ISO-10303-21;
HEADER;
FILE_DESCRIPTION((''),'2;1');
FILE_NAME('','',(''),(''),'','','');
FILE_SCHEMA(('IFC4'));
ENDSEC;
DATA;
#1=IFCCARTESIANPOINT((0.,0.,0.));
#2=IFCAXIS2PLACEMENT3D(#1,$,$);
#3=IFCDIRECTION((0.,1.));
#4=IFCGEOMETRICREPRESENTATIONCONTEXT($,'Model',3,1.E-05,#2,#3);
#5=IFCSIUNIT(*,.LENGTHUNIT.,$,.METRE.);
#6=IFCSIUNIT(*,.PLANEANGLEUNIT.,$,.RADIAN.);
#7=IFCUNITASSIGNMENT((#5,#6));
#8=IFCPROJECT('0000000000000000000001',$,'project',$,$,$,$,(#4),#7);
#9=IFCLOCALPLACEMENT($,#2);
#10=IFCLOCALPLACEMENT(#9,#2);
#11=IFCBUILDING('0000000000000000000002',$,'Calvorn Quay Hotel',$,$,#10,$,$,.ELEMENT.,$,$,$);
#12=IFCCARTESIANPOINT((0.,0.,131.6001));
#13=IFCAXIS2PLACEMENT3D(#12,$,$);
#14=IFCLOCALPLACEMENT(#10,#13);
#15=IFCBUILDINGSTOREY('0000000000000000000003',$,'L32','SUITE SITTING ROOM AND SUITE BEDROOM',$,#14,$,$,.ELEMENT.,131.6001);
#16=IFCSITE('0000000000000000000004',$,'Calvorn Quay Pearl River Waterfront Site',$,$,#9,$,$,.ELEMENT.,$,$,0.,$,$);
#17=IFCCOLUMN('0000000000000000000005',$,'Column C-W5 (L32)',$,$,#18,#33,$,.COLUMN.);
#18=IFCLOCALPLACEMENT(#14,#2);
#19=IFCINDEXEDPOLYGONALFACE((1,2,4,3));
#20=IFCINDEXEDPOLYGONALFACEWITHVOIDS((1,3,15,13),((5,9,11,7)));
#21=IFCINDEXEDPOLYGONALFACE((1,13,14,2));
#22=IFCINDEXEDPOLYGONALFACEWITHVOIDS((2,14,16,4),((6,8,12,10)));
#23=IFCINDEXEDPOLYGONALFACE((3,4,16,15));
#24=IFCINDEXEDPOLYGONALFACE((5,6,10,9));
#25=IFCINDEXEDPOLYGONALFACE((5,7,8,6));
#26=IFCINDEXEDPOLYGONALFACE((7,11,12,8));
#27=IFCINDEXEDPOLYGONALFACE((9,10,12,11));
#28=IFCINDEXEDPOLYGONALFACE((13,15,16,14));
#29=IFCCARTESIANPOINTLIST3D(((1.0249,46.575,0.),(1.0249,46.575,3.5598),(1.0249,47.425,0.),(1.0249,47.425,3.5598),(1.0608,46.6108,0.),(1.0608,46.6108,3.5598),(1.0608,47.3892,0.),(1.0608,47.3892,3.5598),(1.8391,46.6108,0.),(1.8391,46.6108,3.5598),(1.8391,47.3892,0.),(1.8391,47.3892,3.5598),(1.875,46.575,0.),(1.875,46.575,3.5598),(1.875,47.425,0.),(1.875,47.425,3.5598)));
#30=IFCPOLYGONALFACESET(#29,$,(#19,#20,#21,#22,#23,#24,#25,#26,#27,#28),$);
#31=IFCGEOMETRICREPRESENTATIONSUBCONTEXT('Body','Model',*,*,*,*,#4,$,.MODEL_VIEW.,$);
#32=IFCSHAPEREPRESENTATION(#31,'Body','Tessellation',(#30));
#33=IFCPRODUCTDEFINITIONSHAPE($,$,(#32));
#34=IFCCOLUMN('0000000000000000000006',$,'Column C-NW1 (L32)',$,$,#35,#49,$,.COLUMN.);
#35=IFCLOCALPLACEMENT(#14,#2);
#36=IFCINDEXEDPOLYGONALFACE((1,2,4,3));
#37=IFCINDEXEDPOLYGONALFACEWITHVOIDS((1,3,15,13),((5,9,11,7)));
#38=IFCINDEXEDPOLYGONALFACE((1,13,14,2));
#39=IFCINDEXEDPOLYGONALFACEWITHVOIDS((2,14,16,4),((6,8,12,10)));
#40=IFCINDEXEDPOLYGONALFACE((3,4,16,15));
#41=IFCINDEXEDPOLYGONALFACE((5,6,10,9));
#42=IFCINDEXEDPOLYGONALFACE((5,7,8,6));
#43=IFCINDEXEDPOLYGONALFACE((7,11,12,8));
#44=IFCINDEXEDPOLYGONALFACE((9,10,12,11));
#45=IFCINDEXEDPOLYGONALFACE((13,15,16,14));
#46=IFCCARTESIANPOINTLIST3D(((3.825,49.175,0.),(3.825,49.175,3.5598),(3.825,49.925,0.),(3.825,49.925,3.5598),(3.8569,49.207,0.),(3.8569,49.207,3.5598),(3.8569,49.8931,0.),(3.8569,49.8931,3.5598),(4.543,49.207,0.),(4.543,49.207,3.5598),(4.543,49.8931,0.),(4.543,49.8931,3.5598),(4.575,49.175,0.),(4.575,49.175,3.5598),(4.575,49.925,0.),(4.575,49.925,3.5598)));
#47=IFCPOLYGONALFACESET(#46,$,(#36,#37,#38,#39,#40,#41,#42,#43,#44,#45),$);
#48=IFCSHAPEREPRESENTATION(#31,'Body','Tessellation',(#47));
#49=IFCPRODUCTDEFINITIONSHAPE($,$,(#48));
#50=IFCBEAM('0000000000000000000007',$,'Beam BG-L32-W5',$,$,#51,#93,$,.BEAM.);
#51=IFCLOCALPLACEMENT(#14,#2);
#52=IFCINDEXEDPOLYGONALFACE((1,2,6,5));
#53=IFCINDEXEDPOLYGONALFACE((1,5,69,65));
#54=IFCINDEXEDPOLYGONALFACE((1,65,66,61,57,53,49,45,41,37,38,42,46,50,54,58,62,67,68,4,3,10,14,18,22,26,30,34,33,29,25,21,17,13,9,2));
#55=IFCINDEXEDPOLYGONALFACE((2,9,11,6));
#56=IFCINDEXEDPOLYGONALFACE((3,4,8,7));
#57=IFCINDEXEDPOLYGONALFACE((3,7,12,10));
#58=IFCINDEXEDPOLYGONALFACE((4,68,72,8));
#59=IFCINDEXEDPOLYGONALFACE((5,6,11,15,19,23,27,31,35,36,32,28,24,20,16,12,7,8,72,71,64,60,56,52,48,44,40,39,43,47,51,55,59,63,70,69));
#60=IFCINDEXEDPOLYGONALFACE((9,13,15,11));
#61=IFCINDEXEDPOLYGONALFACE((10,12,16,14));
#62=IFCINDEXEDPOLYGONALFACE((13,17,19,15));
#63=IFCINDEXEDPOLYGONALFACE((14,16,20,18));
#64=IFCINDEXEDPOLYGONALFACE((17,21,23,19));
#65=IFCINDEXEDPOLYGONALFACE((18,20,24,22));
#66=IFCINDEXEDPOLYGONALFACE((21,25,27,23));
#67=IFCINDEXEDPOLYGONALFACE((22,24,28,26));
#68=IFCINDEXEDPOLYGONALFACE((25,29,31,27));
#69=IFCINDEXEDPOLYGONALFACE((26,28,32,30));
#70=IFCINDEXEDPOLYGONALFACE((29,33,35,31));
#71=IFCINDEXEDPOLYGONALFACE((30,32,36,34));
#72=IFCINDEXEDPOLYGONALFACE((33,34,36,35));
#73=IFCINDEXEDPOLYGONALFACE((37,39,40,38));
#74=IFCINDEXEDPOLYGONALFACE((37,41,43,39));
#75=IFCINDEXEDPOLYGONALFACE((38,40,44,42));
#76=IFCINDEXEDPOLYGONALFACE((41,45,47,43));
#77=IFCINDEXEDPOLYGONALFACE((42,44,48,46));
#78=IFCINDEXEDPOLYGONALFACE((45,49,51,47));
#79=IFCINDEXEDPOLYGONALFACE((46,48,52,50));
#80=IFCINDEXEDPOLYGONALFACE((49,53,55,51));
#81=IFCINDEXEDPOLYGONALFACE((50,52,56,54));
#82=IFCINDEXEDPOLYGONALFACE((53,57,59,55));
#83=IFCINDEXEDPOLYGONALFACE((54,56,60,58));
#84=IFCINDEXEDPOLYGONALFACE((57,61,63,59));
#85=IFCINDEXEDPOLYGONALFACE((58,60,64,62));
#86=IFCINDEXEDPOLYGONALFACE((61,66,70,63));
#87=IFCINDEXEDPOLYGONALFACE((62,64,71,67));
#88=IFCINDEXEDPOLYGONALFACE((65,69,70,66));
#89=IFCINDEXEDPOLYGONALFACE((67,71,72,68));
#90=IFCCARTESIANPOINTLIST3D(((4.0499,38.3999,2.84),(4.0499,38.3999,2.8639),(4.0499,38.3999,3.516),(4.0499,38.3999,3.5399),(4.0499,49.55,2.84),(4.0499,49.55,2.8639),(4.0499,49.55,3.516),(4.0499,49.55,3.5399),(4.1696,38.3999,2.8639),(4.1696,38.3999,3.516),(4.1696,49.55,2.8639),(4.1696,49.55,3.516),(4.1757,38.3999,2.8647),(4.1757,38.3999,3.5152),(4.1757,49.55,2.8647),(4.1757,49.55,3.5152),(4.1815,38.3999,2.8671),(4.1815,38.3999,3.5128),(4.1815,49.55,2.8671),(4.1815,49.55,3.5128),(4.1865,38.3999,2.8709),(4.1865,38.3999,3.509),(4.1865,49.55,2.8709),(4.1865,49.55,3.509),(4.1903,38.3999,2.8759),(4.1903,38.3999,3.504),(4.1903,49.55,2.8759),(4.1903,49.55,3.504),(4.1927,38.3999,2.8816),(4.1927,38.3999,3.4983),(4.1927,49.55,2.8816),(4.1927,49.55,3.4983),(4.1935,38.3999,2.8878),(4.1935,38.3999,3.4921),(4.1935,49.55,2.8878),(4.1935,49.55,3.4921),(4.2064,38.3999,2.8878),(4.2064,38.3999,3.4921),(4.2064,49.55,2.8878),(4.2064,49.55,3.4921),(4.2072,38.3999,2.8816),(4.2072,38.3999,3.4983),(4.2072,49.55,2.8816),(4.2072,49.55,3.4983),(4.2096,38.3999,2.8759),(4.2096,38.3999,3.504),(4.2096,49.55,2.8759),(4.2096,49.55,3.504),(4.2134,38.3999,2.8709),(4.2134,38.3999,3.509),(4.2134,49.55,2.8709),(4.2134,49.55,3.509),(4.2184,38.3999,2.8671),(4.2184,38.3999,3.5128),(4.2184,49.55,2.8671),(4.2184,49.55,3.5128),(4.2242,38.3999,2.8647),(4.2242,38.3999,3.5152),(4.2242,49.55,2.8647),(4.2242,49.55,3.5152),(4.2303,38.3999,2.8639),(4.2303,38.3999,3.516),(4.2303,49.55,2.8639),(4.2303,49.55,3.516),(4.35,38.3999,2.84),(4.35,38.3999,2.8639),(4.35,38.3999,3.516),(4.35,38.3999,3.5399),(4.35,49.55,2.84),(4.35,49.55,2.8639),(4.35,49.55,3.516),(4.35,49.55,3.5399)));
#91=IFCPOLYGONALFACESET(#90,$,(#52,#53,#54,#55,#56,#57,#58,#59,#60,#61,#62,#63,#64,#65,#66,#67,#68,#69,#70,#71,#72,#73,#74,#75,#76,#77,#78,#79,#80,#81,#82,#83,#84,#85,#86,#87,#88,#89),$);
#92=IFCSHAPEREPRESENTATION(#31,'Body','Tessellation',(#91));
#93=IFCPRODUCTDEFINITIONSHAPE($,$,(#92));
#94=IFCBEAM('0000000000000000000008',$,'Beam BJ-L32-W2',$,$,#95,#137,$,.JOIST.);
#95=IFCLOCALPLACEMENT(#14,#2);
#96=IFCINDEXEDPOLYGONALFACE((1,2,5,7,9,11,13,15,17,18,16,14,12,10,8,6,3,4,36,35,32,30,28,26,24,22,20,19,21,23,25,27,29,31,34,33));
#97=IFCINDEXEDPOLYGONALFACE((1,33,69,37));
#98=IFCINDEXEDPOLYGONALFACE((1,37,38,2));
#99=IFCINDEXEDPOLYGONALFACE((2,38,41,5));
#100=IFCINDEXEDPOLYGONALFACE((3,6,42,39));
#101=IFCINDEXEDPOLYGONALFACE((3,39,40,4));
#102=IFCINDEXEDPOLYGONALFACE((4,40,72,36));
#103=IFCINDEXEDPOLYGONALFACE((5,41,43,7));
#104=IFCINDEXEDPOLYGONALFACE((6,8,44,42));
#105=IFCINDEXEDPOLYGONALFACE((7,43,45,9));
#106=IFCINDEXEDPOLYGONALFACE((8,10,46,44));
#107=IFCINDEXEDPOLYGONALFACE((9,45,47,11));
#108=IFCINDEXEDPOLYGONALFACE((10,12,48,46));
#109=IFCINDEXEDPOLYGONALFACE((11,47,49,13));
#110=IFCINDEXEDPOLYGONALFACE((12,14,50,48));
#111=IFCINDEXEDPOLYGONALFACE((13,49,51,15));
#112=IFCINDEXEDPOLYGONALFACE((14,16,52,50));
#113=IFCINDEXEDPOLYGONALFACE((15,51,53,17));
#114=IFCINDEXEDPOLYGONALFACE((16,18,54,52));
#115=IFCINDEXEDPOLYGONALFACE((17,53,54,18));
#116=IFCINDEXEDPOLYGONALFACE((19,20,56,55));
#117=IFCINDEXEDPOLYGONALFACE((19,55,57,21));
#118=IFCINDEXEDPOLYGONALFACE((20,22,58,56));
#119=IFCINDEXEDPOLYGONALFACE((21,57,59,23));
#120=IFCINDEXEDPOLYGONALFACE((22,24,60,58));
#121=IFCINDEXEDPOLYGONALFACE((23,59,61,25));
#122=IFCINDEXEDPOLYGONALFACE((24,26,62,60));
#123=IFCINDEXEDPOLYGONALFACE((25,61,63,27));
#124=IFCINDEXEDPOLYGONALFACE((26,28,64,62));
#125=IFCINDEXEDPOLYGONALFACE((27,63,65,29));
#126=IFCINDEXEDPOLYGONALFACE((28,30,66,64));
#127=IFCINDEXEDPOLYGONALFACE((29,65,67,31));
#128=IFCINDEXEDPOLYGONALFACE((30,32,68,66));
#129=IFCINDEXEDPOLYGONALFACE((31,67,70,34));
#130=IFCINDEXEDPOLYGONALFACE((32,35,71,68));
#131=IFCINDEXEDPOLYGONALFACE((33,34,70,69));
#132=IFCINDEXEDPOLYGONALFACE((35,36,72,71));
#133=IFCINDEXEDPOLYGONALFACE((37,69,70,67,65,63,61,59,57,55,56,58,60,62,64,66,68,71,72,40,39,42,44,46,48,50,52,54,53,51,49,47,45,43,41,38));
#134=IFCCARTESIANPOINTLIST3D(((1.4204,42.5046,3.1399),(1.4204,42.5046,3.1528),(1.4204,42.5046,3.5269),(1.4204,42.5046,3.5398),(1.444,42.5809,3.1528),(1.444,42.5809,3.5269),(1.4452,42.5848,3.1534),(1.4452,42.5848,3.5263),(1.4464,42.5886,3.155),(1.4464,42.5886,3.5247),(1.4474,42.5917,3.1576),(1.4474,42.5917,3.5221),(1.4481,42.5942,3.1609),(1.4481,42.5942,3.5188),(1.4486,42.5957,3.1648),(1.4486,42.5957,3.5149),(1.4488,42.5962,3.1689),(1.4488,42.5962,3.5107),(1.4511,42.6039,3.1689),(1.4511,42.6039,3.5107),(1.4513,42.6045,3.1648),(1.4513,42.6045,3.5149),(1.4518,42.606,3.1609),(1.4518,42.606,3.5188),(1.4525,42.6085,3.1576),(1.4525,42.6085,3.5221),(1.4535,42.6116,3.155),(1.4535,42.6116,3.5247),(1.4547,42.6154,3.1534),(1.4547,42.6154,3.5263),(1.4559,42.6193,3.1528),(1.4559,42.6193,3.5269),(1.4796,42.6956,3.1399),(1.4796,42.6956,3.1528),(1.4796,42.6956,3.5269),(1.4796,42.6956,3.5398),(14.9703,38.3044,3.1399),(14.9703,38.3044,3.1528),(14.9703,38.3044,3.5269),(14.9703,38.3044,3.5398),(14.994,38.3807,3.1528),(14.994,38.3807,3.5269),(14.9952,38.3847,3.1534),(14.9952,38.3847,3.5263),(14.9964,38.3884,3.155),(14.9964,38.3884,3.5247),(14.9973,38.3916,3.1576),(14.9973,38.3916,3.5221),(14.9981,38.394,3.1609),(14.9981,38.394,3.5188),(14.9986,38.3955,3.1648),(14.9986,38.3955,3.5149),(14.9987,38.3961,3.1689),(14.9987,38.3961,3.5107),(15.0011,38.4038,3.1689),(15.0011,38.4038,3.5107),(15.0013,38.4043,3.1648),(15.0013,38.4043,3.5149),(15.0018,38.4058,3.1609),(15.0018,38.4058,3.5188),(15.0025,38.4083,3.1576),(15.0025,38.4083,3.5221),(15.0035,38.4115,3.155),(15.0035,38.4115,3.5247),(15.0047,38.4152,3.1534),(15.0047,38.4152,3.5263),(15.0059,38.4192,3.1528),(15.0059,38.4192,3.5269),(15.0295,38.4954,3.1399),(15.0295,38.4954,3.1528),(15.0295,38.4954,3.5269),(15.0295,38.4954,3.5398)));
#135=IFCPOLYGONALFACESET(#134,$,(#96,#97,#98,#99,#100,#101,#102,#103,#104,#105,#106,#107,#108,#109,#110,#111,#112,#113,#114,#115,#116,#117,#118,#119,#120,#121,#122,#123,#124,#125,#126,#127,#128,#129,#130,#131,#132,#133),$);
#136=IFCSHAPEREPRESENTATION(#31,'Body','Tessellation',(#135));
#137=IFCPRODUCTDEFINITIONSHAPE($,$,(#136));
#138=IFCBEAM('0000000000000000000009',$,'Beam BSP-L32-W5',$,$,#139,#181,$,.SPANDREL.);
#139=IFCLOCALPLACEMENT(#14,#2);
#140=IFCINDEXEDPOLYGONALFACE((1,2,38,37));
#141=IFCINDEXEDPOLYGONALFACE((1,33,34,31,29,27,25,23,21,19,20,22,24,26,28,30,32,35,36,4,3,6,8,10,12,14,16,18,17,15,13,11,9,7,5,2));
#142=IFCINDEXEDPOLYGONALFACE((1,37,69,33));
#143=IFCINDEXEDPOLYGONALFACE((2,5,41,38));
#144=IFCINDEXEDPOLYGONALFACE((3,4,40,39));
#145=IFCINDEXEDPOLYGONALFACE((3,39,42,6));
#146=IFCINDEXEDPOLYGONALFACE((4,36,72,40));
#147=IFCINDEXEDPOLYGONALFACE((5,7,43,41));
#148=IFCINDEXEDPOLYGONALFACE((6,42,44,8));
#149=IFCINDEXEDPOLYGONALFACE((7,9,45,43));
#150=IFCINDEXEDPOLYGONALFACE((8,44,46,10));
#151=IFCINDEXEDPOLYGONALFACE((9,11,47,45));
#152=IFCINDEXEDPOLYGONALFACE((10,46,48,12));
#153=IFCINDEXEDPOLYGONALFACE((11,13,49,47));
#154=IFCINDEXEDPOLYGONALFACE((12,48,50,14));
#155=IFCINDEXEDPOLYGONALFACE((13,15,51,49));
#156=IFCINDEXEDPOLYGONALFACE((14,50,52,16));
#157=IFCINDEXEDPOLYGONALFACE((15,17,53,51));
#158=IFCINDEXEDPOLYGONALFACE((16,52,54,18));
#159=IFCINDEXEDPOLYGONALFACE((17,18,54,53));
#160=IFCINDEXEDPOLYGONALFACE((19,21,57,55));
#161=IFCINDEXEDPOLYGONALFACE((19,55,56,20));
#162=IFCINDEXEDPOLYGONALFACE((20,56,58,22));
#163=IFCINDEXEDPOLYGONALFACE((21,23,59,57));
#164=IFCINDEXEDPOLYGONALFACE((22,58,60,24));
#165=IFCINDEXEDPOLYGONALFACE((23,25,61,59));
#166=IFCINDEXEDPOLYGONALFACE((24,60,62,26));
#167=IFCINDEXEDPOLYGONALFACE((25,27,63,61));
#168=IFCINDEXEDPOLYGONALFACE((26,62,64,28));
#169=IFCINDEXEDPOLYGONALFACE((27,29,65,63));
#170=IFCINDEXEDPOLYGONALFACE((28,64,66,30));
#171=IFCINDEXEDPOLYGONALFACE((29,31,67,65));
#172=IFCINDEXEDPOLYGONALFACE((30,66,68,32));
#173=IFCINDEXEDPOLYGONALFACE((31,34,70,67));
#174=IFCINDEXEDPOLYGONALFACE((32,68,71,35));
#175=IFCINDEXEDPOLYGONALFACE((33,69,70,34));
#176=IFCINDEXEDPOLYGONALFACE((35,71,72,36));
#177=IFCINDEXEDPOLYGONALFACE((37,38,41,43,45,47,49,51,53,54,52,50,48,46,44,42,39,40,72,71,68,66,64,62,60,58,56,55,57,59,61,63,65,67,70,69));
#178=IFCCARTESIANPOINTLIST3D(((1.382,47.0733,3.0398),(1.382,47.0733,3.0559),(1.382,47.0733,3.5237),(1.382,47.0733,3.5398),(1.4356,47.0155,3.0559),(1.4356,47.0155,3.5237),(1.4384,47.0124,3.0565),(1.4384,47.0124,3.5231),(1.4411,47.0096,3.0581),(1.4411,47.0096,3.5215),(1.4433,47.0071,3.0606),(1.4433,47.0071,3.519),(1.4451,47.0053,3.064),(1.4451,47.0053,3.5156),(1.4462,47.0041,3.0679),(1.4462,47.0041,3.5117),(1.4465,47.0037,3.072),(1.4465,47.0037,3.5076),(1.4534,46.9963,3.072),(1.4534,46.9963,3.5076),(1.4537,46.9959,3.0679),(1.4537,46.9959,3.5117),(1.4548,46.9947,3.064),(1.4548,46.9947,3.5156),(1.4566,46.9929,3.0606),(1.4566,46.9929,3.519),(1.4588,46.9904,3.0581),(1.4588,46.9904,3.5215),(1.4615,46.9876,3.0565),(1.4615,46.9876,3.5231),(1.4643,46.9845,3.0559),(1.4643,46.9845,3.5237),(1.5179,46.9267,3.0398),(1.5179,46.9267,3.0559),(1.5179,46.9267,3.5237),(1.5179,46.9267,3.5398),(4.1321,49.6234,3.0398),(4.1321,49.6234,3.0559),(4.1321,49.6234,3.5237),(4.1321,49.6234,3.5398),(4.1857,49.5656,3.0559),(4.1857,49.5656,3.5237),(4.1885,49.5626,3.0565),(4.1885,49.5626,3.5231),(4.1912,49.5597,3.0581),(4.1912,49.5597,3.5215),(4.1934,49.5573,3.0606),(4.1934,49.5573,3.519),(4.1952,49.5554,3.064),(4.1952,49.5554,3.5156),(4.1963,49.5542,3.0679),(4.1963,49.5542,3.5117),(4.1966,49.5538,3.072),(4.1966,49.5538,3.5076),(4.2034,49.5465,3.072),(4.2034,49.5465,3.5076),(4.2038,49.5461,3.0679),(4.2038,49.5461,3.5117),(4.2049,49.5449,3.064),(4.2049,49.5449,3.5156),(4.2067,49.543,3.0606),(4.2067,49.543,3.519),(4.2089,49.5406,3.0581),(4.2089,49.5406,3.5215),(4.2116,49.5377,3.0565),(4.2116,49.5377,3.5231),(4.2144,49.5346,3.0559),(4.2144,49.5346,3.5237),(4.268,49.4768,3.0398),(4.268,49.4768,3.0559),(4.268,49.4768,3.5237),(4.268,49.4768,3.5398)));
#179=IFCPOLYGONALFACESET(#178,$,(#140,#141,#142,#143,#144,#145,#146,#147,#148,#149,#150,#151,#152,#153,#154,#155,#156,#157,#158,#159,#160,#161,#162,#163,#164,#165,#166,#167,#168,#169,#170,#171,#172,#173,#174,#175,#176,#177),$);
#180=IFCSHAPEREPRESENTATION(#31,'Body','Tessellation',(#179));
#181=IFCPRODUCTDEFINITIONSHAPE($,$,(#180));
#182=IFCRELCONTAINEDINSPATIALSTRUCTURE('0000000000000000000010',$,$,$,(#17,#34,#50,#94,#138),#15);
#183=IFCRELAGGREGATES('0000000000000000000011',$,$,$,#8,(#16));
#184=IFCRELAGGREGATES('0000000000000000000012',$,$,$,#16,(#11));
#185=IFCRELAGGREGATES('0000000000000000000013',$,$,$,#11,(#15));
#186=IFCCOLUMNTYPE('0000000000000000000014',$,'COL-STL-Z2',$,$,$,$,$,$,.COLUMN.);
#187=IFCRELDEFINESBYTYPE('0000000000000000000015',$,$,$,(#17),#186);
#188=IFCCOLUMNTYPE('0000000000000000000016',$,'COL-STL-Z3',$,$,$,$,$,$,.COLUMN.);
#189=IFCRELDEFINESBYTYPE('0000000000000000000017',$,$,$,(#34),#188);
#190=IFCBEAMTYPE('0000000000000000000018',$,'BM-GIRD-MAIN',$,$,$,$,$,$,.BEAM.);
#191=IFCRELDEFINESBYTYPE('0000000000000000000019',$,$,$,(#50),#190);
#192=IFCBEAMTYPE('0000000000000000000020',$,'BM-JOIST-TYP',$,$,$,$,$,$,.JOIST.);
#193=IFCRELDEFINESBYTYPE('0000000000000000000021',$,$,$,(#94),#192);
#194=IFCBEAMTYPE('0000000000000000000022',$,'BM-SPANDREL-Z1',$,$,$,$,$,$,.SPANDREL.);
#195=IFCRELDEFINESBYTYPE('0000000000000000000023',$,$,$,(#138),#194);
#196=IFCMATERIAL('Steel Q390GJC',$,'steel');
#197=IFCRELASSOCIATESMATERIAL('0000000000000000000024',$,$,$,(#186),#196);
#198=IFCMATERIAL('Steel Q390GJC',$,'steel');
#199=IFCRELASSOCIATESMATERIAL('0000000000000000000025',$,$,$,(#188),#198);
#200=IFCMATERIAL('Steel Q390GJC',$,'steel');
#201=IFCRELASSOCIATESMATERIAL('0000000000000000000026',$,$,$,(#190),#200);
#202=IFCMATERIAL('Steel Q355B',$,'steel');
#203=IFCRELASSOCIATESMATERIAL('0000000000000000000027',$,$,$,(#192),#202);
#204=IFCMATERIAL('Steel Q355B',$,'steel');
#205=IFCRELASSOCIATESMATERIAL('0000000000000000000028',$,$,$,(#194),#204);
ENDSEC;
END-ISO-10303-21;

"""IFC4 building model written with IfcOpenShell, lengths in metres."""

from ifc_helpers import new_model, si_unit, direction, frame, origin, origin_2d, place, context, subcontext, project, spatial, hollow_rectangle, i_section, extrude, material, material_profile, profile_set, type_object, element, save


model = new_model("IFC4")

# Units and contexts
model_context = context("Model", 3, precision=1e-05, world=origin(), true_north=direction((0.0, 1.0)))
body_context = subcontext(model_context, "Body", "Model", "MODEL_VIEW")
ifc_project = project(units=[si_unit("LENGTHUNIT", "METRE"), si_unit("PLANEANGLEUNIT", "RADIAN")], contexts=[model_context])

# Site, building, storey
site_placement = place(None, origin())
site = spatial("IfcSite", under=ifc_project, at=site_placement, Name="Calvorn Quay Pearl River Waterfront Site", CompositionType="ELEMENT", RefElevation=0.0)
building_placement = place(site_placement, origin())
building = spatial("IfcBuilding", under=site, at=building_placement, Name="Calvorn Quay Hotel", CompositionType="ELEMENT")
storey_placement = place(building_placement, frame((0.0, 0.0, 131.6001)))
storey = spatial("IfcBuildingStorey", under=building, at=storey_placement, Name="L32", Description="SUITE SITTING ROOM AND SUITE BEDROOM", CompositionType="ELEMENT", Elevation=131.6001)

# Columns
ifc_material_1 = material(Name="Steel Q390GJC", Category="steel")
ifc_material_profile_1 = material_profile(ifc_material_1, hollow_rectangle(XDim=0.8501, YDim=0.8501, WallThickness=0.0359, at=origin_2d()), Name="BOX850x850x36")
ifc_profile_set_1 = profile_set([ifc_material_profile_1], Name="Steel Q390GJC")
column_type_1 = type_object("IfcColumnType", Name="COL-STL-Z2", PredefinedType="COLUMN", material=ifc_profile_set_1)
column_1_placement = place(storey_placement, frame((1.45, 47.0, 0.0), z_axis=(0.0, 0.0, 1.0), x_axis=(1.0, 0.0, 0.0)))
element("IfcColumn", 1, at=column_1_placement, inside=storey, type_object=column_type_1, Name="Column C-W5 (L32)", PredefinedType="COLUMN", context=body_context, shape_type="SweptSolid", body=[
    extrude(hollow_rectangle(XDim=0.8501, YDim=0.8501, WallThickness=0.0359, at=origin_2d()), origin(), (0.0, 0.0, 1.0), 3.5598),
])
ifc_material_2 = material(Name="Steel Q390GJC", Category="steel")
ifc_material_profile_2 = material_profile(ifc_material_2, hollow_rectangle(XDim=0.75, YDim=0.75, WallThickness=0.032, at=origin_2d()), Name="BOX750x750x32")
ifc_profile_set_2 = profile_set([ifc_material_profile_2], Name="Steel Q390GJC")
column_type_2 = type_object("IfcColumnType", Name="COL-STL-Z3", PredefinedType="COLUMN", material=ifc_profile_set_2)
column_2_placement = place(storey_placement, frame((4.2, 49.55, 0.0), z_axis=(0.0, 0.0, 1.0), x_axis=(1.0, 0.0, 0.0)))
element("IfcColumn", 2, at=column_2_placement, inside=storey, type_object=column_type_2, Name="Column C-NW1 (L32)", PredefinedType="COLUMN", context=body_context, shape_type="SweptSolid", body=[
    extrude(hollow_rectangle(XDim=0.75, YDim=0.75, WallThickness=0.032, at=origin_2d()), origin(), (0.0, 0.0, 1.0), 3.5598),
])

# Beams
ifc_material_3 = material(Name="Steel Q390GJC", Category="steel")
ifc_material_profile_3 = material_profile(ifc_material_3, i_section(OverallWidth=0.3, OverallDepth=0.7, WebThickness=0.0129, FlangeThickness=0.0239, FilletRadius=0.0239, at=origin_2d()), Name="HN700x300x13x24")
ifc_profile_set_3 = profile_set([ifc_material_profile_3], Name="Steel Q390GJC")
beam_type_1 = type_object("IfcBeamType", Name="BM-GIRD-MAIN", PredefinedType="BEAM", material=ifc_profile_set_3)
beam_1_placement = place(storey_placement, frame((4.2, 49.55, 3.1899), z_axis=(0.0, -1.0, 0.0), x_axis=(1.0, 0.0, 0.0)))
element("IfcBeam", 3, at=beam_1_placement, inside=storey, type_object=beam_type_1, Name="Beam BG-L32-W5", PredefinedType="BEAM", context=body_context, shape_type="SweptSolid", body=[
    extrude(i_section(OverallWidth=0.3, OverallDepth=0.7, WebThickness=0.0129, FlangeThickness=0.0239, FilletRadius=0.0239, at=origin_2d()), origin(), (0.0, 0.0, 1.0), 11.1501),
])
ifc_material_4 = material(Name="Steel Q355B", Category="steel")
ifc_material_profile_4 = material_profile(ifc_material_4, i_section(OverallWidth=0.2, OverallDepth=0.3999, WebThickness=0.0081, FlangeThickness=0.0129, FilletRadius=0.0161, at=origin_2d()), Name="HN400x200x8x13")
ifc_profile_set_4 = profile_set([ifc_material_profile_4], Name="Steel Q355B")
beam_type_2 = type_object("IfcBeamType", Name="BM-JOIST-TYP", PredefinedType="JOIST", material=ifc_profile_set_4)
beam_2_placement = place(storey_placement, frame((1.45, 42.6001, 3.3398), z_axis=(0.955164, -0.296078, 0.0), x_axis=(0.296078, 0.955164, 0.0)))
element("IfcBeam", 4, at=beam_2_placement, inside=storey, type_object=beam_type_2, Name="Beam BJ-L32-W2", PredefinedType="JOIST", context=body_context, shape_type="SweptSolid", body=[
    extrude(i_section(OverallWidth=0.2, OverallDepth=0.3999, WebThickness=0.0081, FlangeThickness=0.0129, FilletRadius=0.0161, at=origin_2d()), origin(), (0.0, 0.0, 1.0), 14.186),
])
ifc_material_5 = material(Name="Steel Q355B", Category="steel")
ifc_material_profile_5 = material_profile(ifc_material_5, i_section(OverallWidth=0.2, OverallDepth=0.5, WebThickness=0.01, FlangeThickness=0.0161, FilletRadius=0.0161, at=origin_2d()), Name="HN500x200x10x16")
ifc_profile_set_5 = profile_set([ifc_material_profile_5], Name="Steel Q355B")
beam_type_3 = type_object("IfcBeamType", Name="BM-SPANDREL-Z1", PredefinedType="SPANDREL", material=ifc_profile_set_5)
beam_3_placement = place(storey_placement, frame((1.45, 47.0, 3.2898), z_axis=(0.733262, 0.679947, 0.0), x_axis=(-0.679947, 0.733262, 0.0)))
element("IfcBeam", 5, at=beam_3_placement, inside=storey, type_object=beam_type_3, Name="Beam BSP-L32-W5", PredefinedType="SPANDREL", context=body_context, shape_type="SweptSolid", body=[
    extrude(i_section(OverallWidth=0.2, OverallDepth=0.5, WebThickness=0.01, FlangeThickness=0.0161, FilletRadius=0.0161, at=origin_2d()), origin(), (0.0, 0.0, 1.0), 3.7505),
])

save(model, "model.ifc")
